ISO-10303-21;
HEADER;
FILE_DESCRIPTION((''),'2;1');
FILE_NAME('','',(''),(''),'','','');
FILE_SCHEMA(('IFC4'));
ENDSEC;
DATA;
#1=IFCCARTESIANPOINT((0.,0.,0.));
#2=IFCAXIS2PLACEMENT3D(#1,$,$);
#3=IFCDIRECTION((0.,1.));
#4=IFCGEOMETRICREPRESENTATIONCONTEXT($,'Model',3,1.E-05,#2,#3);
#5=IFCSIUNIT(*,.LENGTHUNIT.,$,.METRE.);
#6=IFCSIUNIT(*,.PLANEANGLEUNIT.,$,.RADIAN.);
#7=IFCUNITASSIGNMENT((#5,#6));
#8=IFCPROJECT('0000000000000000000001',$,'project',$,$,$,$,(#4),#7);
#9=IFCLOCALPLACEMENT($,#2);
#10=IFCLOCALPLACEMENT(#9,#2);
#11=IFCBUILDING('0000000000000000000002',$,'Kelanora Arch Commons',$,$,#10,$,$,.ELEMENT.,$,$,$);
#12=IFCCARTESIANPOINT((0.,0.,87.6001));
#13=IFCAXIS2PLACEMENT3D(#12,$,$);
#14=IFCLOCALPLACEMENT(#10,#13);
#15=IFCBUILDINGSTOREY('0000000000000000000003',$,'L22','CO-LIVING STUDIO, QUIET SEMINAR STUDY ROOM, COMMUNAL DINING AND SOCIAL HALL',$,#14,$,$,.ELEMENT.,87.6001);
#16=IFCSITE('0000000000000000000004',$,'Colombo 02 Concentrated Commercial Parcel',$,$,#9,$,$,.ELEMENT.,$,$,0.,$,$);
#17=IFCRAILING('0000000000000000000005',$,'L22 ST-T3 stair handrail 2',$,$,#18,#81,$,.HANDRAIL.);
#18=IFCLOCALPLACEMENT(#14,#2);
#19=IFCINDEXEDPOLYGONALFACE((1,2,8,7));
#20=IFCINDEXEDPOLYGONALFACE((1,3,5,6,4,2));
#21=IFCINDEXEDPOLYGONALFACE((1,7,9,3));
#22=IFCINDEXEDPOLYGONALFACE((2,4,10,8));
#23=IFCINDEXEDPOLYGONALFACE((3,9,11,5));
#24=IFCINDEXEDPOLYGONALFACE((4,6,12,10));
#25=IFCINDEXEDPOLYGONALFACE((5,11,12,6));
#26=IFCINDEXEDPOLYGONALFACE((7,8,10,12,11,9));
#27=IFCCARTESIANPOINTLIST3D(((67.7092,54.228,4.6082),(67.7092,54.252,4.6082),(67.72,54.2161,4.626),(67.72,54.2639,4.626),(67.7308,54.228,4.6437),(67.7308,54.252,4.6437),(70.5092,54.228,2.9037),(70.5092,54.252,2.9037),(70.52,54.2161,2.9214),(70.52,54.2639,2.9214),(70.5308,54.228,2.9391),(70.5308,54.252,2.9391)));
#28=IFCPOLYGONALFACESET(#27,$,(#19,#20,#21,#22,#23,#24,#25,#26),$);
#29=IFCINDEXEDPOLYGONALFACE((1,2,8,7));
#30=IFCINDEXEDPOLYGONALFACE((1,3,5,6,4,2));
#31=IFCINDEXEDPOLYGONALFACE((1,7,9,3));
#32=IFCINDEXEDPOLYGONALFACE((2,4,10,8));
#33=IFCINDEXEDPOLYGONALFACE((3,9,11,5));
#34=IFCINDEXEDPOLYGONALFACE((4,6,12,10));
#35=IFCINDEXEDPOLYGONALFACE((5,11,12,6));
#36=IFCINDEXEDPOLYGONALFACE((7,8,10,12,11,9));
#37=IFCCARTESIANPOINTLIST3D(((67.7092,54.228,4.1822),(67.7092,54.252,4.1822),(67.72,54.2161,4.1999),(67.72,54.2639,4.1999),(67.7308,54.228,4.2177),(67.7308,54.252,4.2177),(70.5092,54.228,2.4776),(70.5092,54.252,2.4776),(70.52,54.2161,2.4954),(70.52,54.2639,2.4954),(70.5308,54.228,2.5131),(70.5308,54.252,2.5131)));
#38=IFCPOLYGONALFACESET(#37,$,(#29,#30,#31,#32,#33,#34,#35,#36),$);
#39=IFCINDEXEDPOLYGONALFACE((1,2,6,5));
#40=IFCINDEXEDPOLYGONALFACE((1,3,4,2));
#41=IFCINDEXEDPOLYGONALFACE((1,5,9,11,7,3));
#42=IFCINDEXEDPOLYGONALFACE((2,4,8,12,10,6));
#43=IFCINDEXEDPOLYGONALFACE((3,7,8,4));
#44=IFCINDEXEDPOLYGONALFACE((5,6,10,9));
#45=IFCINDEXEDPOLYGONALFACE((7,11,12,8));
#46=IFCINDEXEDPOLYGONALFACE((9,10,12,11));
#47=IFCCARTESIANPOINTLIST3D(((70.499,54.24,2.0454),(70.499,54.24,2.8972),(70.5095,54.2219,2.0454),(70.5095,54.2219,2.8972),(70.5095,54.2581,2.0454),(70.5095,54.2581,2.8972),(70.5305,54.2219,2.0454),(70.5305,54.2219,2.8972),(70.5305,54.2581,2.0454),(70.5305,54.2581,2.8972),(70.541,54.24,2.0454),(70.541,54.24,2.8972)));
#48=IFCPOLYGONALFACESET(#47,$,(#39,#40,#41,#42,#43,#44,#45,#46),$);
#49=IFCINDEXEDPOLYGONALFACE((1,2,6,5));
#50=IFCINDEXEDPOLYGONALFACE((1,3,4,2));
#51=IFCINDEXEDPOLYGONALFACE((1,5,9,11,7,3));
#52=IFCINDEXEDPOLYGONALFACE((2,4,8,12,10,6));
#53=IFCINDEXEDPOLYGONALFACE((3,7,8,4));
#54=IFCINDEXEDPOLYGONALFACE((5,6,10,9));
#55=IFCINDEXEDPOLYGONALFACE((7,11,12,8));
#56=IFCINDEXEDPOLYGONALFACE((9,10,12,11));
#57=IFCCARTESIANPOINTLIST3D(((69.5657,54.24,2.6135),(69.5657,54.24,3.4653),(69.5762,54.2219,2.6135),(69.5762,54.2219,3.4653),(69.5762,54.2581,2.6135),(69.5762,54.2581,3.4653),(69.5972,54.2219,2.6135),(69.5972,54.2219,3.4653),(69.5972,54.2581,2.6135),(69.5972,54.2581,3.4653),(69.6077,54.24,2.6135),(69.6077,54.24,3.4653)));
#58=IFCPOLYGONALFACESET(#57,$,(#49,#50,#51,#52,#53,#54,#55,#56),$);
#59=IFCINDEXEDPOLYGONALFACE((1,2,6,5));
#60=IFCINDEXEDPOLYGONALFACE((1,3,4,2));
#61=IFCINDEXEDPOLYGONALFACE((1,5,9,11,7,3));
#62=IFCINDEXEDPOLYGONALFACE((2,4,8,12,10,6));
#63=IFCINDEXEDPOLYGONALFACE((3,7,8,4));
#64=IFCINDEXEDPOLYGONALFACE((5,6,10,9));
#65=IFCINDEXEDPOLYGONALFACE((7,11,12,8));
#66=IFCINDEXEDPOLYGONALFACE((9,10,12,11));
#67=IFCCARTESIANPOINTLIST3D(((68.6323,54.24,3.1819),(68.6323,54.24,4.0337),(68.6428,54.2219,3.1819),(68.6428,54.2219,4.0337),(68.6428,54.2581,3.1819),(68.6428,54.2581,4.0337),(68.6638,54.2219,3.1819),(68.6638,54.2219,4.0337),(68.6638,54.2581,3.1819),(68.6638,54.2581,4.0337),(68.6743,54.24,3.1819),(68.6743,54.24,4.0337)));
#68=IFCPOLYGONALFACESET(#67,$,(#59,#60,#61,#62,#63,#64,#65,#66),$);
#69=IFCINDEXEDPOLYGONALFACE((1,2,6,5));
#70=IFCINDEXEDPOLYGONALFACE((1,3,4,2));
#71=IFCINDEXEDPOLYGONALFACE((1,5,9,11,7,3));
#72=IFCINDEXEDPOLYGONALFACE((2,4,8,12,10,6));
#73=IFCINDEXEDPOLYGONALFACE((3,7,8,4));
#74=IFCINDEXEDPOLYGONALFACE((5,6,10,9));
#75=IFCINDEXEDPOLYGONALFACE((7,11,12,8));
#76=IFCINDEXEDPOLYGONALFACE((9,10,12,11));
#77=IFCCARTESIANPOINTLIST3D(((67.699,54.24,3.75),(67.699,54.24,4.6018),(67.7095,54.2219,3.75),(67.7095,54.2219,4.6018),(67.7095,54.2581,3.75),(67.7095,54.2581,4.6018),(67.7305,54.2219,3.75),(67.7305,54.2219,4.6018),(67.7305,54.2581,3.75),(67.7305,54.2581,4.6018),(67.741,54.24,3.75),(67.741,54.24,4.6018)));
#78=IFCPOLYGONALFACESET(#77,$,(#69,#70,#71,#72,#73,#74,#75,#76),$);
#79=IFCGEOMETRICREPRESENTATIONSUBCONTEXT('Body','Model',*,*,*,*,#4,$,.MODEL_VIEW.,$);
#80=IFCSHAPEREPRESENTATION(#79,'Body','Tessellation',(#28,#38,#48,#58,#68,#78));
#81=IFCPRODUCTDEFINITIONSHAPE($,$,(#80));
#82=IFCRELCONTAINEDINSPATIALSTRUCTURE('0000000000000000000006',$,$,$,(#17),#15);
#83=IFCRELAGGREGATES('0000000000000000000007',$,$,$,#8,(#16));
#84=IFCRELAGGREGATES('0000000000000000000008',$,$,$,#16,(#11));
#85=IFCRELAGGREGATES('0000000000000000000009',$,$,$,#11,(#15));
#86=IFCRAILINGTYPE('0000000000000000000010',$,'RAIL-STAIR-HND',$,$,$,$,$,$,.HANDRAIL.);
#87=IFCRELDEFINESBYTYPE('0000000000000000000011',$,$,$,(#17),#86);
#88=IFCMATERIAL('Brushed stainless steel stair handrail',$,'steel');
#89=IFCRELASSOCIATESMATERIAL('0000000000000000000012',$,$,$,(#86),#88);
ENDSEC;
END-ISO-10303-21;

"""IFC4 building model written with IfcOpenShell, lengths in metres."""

from ifc_helpers import new_model, si_unit, direction, frame, origin, place, context, subcontext, project, spatial, polyline, outline, extrude, material, type_object, element, save


model = new_model("IFC4")

# Units and contexts
model_context = context("Model", 3, precision=1e-05, world=origin(), true_north=direction((0.0, 1.0)))
body_context = subcontext(model_context, "Body", "Model", "MODEL_VIEW")
ifc_project = project(units=[si_unit("LENGTHUNIT", "METRE"), si_unit("PLANEANGLEUNIT", "RADIAN")], contexts=[model_context])

# Site, building, storey
site_placement = place(None, origin())
site = spatial("IfcSite", under=ifc_project, at=site_placement, Name="Colombo 02 Concentrated Commercial Parcel", CompositionType="ELEMENT", RefElevation=0.0)
building_placement = place(site_placement, origin())
building = spatial("IfcBuilding", under=site, at=building_placement, Name="Kelanora Arch Commons", CompositionType="ELEMENT")
storey_placement = place(building_placement, frame((0.0, 0.0, 87.6001)))
storey = spatial("IfcBuildingStorey", under=building, at=storey_placement, Name="L22", Description="CO-LIVING STUDIO, QUIET SEMINAR STUDY ROOM, COMMUNAL DINING AND SOCIAL HALL", CompositionType="ELEMENT", Elevation=87.6001)

# Railing
ifc_material_1 = material(Name="Brushed stainless steel stair handrail", Category="steel")
railing_type_1 = type_object("IfcRailingType", Name="RAIL-STAIR-HND", PredefinedType="HANDRAIL", material=ifc_material_1)
railing_1_placement = place(storey_placement, frame((70.52, 54.24, 2.0454)))
element("IfcRailing", 1, at=railing_1_placement, inside=storey, type_object=railing_type_1, Name="L22 ST-T3 stair handrail 2", PredefinedType="HANDRAIL", context=body_context, shape_type="SweptSolid", body=[
    extrude(outline(polyline([(0.0239, 0.0), (0.012, 0.0208), (-0.012, 0.0208), (-0.0239, 0.0), (-0.012, -0.0208), (0.012, -0.0208), (0.0239, 0.0)])), frame((0.0, 0.0, 0.876), z_axis=(-0.85417, 0.0, 0.519994), x_axis=(0.0, -1.0, 0.0)), (0.0, 0.0, 1.0), 3.2781),
    extrude(outline(polyline([(0.0239, 0.0), (0.012, 0.0208), (-0.012, 0.0208), (-0.0239, 0.0), (-0.012, -0.0208), (0.012, -0.0208), (0.0239, 0.0)])), frame((0.0, 0.0, 0.45), z_axis=(-0.85417, 0.0, 0.519994), x_axis=(0.0, -1.0, 0.0)), (0.0, 0.0, 1.0), 3.2781),
    extrude(outline(polyline([(0.021, 0.0), (0.0105, 0.0181), (-0.0105, 0.0181), (-0.021, 0.0), (-0.0105, -0.0181), (0.0105, -0.0181), (0.021, 0.0)])), origin(), (0.0, 0.0, 1.0), 0.8518),
    extrude(outline(polyline([(0.021, 0.0), (0.0105, 0.0181), (-0.0105, 0.0181), (-0.021, 0.0), (-0.0105, -0.0181), (0.0105, -0.0181), (0.021, 0.0)])), frame((-0.9333, 0.0, 0.5681)), (0.0, 0.0, 1.0), 0.8518),
    extrude(outline(polyline([(0.021, 0.0), (0.0105, 0.0181), (-0.0105, 0.0181), (-0.021, 0.0), (-0.0105, -0.0181), (0.0105, -0.0181), (0.021, 0.0)])), frame((-1.8667, 0.0, 1.1365)), (0.0, 0.0, 1.0), 0.8518),
    extrude(outline(polyline([(0.021, 0.0), (0.0105, 0.0181), (-0.0105, 0.0181), (-0.021, 0.0), (-0.0105, -0.0181), (0.0105, -0.0181), (0.021, 0.0)])), frame((-2.8, 0.0, 1.7046)), (0.0, 0.0, 1.0), 0.8518),
])

save(model, "model.ifc")
